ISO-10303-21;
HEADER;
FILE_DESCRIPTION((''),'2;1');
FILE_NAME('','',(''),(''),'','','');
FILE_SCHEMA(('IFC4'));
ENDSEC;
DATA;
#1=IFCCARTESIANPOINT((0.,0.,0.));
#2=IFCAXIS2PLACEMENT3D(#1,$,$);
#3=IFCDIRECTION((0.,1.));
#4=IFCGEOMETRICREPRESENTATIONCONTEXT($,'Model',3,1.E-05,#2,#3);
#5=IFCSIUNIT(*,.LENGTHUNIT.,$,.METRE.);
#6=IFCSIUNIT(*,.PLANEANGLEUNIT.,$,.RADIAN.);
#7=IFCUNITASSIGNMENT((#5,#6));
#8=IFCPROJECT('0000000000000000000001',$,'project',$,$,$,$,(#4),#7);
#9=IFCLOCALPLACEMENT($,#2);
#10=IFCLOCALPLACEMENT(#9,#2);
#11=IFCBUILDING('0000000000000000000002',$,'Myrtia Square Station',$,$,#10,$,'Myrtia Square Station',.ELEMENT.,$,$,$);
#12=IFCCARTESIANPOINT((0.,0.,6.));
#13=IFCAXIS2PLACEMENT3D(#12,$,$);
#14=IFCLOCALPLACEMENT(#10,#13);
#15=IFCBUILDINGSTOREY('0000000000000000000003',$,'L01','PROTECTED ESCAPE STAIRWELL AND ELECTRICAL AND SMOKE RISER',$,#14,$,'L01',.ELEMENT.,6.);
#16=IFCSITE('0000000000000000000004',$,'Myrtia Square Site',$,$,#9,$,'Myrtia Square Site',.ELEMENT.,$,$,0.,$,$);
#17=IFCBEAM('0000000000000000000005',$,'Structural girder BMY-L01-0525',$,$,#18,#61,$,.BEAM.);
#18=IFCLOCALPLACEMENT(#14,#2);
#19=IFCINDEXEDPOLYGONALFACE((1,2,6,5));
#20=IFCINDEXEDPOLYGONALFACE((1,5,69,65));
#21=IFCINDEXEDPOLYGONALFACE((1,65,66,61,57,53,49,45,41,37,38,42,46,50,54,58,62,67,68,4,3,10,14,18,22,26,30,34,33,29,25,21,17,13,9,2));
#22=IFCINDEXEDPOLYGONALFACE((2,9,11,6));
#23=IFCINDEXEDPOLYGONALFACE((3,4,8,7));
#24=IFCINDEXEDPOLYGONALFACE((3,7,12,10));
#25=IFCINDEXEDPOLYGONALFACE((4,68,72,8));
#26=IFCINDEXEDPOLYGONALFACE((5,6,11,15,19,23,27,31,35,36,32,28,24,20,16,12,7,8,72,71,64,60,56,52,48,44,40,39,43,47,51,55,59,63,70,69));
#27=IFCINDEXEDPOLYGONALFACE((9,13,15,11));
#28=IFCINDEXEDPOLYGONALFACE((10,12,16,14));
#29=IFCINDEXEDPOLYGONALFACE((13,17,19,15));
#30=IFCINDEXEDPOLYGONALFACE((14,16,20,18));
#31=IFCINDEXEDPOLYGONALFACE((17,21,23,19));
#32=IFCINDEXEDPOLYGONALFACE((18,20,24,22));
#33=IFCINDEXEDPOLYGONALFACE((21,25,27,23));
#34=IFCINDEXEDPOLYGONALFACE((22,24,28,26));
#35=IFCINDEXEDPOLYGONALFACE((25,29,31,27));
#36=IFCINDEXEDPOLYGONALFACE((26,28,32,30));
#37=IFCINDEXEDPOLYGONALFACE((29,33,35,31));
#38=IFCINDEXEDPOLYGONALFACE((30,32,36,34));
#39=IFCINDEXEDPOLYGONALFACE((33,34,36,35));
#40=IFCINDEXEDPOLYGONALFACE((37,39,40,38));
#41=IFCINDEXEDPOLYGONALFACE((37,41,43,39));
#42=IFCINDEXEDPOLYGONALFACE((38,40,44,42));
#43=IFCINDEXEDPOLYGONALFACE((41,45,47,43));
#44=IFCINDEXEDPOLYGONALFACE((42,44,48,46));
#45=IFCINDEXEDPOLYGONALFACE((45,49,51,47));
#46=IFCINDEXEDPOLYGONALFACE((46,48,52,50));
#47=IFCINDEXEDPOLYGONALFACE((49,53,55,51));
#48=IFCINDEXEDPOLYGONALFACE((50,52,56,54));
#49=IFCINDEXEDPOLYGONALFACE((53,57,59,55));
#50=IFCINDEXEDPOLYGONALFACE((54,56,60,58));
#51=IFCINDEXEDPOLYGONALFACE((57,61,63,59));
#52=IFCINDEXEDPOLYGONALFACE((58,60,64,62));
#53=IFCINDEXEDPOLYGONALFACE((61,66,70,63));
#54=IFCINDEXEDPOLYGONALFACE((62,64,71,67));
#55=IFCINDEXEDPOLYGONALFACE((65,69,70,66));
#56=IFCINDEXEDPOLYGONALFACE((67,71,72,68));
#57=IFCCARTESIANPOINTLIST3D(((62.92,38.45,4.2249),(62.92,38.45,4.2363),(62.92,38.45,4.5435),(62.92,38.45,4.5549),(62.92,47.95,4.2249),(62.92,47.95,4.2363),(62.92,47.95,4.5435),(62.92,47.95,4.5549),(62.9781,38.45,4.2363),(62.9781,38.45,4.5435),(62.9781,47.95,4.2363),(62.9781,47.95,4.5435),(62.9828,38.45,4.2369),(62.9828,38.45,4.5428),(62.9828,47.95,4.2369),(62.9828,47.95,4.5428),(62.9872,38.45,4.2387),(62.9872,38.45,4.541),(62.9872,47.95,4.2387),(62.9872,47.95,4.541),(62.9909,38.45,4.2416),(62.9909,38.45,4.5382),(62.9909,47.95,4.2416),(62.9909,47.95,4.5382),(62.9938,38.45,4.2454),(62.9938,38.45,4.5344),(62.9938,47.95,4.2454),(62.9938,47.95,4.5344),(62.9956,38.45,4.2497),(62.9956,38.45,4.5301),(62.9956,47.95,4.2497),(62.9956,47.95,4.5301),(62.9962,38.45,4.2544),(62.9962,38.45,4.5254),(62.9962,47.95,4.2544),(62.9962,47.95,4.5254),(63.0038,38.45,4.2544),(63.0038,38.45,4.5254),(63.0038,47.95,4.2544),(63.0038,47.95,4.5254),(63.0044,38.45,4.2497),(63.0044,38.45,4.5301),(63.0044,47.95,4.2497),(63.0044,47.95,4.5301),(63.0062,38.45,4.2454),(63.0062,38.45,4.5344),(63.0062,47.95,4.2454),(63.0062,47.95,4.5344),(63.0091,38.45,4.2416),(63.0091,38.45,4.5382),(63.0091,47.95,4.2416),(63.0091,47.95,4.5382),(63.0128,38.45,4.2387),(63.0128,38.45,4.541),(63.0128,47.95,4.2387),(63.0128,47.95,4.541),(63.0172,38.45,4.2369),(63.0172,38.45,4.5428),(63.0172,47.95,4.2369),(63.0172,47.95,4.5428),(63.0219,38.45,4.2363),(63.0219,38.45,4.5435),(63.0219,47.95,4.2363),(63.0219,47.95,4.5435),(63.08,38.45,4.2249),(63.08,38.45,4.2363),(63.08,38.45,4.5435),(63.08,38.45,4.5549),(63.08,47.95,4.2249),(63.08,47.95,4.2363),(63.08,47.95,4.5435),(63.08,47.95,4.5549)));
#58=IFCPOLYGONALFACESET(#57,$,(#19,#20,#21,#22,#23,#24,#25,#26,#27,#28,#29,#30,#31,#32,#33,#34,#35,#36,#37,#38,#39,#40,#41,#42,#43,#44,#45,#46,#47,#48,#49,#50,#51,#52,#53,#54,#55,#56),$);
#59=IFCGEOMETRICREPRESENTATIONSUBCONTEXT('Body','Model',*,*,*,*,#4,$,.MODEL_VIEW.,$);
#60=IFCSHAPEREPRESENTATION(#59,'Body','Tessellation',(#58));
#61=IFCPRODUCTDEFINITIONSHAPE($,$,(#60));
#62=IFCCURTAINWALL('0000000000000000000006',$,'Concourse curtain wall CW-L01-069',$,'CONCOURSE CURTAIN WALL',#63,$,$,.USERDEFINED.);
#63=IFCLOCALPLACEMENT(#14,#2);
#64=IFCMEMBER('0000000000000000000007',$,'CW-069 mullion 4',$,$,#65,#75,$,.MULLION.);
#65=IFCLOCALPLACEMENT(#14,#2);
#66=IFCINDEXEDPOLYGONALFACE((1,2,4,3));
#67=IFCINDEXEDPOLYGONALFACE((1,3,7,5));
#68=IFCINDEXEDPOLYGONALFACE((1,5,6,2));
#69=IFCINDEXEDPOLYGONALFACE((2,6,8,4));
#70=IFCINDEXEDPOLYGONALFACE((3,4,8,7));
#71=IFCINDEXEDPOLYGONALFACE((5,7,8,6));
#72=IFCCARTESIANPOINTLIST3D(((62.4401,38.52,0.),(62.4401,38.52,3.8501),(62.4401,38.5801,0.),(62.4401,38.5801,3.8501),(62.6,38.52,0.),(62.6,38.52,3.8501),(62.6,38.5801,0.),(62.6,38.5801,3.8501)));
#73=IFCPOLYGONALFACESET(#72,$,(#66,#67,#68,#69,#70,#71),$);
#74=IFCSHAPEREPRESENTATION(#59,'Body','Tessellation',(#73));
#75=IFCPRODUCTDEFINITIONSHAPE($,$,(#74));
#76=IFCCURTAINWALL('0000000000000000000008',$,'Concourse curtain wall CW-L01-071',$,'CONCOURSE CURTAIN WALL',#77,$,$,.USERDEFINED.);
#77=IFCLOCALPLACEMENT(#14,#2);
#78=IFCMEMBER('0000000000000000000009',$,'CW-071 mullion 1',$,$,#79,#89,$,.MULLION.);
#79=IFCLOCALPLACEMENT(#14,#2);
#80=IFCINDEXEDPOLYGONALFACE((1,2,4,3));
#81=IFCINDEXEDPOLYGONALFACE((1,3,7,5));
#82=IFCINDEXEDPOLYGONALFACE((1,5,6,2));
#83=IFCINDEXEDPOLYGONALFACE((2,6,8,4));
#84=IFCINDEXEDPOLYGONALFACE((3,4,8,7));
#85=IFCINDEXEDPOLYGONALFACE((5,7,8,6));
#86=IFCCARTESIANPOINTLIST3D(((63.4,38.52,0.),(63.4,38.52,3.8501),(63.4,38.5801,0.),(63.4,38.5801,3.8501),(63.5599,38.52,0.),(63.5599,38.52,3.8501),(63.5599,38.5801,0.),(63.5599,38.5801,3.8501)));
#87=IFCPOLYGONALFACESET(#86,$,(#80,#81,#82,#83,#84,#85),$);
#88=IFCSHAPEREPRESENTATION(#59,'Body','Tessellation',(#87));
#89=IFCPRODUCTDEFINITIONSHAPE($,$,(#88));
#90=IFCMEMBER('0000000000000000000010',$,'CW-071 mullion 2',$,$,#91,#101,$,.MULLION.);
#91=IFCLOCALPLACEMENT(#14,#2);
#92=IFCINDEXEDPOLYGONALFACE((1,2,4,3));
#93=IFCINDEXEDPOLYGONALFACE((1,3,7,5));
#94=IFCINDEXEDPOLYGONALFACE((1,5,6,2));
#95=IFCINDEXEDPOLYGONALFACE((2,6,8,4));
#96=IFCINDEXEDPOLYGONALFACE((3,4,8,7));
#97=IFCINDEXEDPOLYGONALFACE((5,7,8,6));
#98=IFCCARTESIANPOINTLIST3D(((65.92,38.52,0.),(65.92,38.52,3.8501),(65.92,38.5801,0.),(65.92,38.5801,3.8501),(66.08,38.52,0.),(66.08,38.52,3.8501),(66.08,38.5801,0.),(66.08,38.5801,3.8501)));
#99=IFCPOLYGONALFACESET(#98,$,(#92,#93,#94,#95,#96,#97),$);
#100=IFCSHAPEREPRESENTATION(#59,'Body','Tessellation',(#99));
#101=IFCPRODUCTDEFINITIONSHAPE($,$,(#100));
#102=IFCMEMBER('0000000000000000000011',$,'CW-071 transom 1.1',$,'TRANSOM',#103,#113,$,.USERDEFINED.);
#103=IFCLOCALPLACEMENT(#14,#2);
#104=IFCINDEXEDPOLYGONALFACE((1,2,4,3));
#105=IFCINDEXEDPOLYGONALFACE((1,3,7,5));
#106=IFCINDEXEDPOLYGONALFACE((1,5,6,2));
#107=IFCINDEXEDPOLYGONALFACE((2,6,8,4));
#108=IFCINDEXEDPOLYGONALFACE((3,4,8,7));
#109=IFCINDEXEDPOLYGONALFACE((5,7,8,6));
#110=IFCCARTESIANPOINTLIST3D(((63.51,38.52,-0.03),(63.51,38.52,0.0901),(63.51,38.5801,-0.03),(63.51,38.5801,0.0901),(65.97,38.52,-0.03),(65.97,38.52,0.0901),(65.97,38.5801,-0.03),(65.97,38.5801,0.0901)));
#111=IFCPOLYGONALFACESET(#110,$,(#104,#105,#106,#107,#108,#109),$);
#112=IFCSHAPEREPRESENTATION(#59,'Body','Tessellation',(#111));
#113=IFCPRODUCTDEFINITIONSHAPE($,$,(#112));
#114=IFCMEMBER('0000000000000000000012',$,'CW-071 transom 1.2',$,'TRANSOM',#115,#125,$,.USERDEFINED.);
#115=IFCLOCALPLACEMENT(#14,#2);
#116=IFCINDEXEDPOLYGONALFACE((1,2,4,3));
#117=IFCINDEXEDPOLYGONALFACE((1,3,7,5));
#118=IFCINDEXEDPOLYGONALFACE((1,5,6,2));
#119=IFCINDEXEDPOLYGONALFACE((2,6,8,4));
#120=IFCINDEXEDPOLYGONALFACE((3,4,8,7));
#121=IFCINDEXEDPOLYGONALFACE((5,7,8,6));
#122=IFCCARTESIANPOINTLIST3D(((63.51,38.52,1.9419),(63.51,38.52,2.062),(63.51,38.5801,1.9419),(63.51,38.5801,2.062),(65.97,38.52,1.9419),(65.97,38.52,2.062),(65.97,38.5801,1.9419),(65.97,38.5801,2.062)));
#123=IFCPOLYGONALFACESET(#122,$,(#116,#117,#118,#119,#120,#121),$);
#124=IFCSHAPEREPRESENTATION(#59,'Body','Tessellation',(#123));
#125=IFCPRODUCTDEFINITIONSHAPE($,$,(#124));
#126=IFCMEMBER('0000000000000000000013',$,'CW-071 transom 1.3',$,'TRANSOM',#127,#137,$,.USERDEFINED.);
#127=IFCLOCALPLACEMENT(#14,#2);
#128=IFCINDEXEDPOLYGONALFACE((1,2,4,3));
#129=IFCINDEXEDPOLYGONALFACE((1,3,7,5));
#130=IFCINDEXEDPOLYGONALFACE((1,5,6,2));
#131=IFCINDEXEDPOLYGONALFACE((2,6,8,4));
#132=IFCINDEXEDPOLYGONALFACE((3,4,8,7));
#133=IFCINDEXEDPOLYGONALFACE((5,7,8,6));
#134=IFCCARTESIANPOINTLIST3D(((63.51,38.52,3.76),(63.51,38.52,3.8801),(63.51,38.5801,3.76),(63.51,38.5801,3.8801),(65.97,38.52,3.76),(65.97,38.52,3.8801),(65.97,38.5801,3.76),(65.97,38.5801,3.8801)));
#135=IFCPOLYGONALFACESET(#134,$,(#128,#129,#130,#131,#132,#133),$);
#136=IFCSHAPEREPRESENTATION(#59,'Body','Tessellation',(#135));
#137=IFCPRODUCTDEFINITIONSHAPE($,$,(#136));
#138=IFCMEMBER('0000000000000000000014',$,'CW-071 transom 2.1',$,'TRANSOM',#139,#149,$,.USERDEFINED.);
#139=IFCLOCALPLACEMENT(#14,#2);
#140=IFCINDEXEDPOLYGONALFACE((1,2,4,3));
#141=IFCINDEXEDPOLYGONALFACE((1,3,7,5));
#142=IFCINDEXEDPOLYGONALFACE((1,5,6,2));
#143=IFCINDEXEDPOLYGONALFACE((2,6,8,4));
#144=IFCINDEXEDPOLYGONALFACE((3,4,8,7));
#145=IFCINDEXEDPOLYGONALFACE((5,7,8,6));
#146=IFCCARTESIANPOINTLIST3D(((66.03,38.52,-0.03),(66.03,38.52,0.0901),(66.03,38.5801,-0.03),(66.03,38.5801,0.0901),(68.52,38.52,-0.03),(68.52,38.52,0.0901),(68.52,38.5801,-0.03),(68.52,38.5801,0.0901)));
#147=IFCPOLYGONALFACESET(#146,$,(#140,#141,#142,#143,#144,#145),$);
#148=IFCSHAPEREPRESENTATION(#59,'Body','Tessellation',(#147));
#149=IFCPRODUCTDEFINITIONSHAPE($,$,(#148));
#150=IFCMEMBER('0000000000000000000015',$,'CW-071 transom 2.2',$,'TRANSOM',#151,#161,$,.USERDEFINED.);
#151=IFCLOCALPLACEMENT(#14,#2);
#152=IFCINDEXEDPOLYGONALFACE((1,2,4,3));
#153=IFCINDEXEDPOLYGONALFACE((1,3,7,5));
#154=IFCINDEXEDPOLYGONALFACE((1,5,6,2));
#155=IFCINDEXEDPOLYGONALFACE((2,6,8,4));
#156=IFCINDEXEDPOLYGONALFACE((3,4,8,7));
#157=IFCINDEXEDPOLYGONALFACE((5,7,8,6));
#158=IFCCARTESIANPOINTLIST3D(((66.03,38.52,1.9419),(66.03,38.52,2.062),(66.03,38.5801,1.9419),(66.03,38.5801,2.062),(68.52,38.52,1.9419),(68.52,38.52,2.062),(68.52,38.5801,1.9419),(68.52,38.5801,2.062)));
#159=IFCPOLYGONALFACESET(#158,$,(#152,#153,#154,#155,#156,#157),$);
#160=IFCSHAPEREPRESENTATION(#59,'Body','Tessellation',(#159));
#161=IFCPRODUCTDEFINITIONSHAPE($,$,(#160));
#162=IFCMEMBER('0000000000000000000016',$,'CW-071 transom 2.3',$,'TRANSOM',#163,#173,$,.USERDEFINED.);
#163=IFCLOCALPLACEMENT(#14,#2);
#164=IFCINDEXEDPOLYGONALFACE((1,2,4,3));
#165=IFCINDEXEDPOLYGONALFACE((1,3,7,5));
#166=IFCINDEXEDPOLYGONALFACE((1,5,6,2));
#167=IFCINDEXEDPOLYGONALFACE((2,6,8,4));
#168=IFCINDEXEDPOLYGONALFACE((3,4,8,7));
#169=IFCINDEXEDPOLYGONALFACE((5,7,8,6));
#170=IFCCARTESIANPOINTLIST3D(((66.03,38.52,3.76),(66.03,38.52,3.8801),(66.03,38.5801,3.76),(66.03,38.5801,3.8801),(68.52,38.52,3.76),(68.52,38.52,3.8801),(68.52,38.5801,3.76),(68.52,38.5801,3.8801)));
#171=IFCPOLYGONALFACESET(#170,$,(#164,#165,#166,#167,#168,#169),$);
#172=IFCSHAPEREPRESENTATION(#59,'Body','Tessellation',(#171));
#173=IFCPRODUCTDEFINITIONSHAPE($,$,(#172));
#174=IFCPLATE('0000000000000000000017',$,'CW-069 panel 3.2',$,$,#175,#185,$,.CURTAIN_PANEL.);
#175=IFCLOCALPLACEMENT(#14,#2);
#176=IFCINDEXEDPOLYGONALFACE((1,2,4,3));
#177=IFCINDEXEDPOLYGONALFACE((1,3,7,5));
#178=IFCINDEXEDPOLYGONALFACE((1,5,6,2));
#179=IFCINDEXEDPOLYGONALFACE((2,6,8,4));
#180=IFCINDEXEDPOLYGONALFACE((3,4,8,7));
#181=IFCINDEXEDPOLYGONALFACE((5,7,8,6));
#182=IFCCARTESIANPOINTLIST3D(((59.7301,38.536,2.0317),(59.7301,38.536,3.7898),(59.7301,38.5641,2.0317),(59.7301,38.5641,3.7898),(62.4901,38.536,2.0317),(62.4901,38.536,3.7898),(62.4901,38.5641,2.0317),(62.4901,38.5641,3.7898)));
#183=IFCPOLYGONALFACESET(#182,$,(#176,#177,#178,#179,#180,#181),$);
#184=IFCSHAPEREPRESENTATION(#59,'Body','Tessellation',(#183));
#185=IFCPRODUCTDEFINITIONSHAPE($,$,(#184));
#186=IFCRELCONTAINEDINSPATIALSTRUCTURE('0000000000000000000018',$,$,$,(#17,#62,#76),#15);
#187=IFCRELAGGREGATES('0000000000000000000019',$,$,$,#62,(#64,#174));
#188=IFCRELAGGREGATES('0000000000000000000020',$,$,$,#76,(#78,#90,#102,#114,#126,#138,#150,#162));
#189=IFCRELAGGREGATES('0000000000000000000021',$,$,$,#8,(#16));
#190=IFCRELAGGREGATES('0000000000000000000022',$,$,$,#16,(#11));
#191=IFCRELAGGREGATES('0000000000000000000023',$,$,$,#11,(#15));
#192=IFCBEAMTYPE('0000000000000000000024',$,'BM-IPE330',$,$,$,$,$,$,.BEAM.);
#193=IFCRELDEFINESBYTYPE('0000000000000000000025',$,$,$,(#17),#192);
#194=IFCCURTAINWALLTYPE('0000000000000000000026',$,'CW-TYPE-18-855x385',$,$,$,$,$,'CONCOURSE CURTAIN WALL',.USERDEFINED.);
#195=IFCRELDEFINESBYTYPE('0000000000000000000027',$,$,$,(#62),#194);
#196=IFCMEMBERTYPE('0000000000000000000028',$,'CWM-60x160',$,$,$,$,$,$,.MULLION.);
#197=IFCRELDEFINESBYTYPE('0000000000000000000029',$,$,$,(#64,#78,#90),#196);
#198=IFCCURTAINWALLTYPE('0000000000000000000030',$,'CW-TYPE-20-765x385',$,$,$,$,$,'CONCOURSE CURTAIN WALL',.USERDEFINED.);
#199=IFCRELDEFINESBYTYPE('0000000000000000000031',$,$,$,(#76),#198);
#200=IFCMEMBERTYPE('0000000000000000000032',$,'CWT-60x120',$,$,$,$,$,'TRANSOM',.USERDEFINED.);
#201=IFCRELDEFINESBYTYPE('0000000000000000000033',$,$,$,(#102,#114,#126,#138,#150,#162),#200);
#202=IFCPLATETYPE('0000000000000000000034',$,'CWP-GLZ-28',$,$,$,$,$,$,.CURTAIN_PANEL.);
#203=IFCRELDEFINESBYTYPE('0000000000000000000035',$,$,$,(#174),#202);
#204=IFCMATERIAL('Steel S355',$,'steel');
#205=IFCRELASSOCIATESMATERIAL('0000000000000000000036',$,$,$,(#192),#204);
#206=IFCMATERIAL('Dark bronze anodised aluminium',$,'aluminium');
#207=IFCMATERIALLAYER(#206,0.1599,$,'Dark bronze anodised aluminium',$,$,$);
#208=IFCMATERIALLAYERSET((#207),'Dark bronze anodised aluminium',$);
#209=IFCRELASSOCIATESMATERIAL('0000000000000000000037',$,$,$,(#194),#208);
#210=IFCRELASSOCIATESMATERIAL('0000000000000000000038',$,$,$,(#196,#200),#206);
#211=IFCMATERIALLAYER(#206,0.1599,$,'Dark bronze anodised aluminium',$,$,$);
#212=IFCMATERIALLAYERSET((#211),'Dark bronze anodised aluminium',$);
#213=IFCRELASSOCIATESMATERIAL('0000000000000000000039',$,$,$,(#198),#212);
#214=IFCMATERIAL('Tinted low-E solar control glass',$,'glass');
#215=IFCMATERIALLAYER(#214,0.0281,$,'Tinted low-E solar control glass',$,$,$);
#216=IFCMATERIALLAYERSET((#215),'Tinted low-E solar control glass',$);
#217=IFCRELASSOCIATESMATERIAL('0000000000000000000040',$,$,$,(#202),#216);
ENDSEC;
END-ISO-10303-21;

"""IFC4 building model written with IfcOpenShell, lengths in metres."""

from ifc_helpers import new_model, si_unit, direction, frame, origin, origin_2d, place, context, subcontext, project, spatial, rectangle, i_section, extrude, material, layer, layer_set, material_profile, profile_set, type_object, element, aggregate, save


model = new_model("IFC4")

# Units and contexts
model_context = context("Model", 3, precision=1e-05, world=origin(), true_north=direction((0.0, 1.0)))
body_context = subcontext(model_context, "Body", "Model", "MODEL_VIEW")
ifc_project = project(units=[si_unit("LENGTHUNIT", "METRE"), si_unit("PLANEANGLEUNIT", "RADIAN")], contexts=[model_context])

# Site, building, storey
site_placement = place(None, origin())
site = spatial("IfcSite", under=ifc_project, at=site_placement, Name="Myrtia Square Site", LongName="Myrtia Square Site", CompositionType="ELEMENT", RefElevation=0.0)
building_placement = place(site_placement, origin())
building = spatial("IfcBuilding", under=site, at=building_placement, Name="Myrtia Square Station", LongName="Myrtia Square Station", CompositionType="ELEMENT")
storey_placement = place(building_placement, frame((0.0, 0.0, 6.0)))
storey = spatial("IfcBuildingStorey", under=building, at=storey_placement, Name="L01", Description="PROTECTED ESCAPE STAIRWELL AND ELECTRICAL AND SMOKE RISER", LongName="L01", CompositionType="ELEMENT", Elevation=6.0)

# Shared definitions
ifc_material_1 = material(Name="Steel S355", Category="steel")

# Beam
ifc_material_profile_1 = material_profile(ifc_material_1, i_section(OverallWidth=0.1599, OverallDepth=0.3301, WebThickness=0.0076, FlangeThickness=0.0115, FilletRadius=0.0181, at=origin_2d()), Name="IPE 330")
ifc_profile_set_1 = profile_set([ifc_material_profile_1], Name="Steel S355")
beam_type_1 = type_object("IfcBeamType", Name="BM-IPE330", PredefinedType="BEAM", material=ifc_profile_set_1)
beam_1_placement = place(storey_placement, frame((63.0, 38.45, 4.3899), z_axis=(0.0, 1.0, 0.0), x_axis=(-1.0, 0.0, 0.0)))
element("IfcBeam", 1, at=beam_1_placement, inside=storey, type_object=beam_type_1, Name="Structural girder BMY-L01-0525", PredefinedType="BEAM", context=body_context, shape_type="SweptSolid", body=[
    extrude(i_section(OverallWidth=0.1599, OverallDepth=0.3301, WebThickness=0.0076, FlangeThickness=0.0115, FilletRadius=0.0181, at=origin_2d()), origin(), (0.0, 0.0, 1.0), 9.5),
])

# Curtain wall, member
ifc_material_2 = material(Name="Dark bronze anodised aluminium", Category="aluminium")
ifc_layer_1 = layer(ifc_material_2, 0.1599, Name="Dark bronze anodised aluminium")
ifc_layer_set_1 = layer_set([ifc_layer_1], Name="Dark bronze anodised aluminium")
curtain_wall_type_1 = type_object("IfcCurtainWallType", Name="CW-TYPE-18-855x385", ElementType="CONCOURSE CURTAIN WALL", PredefinedType="USERDEFINED", material=ifc_layer_set_1)
curtain_wall_1_placement = place(storey_placement, origin())
curtain_wall_1 = element("IfcCurtainWall", 2, at=curtain_wall_1_placement, inside=storey, type_object=curtain_wall_type_1, Name="Concourse curtain wall CW-L01-069", ObjectType="CONCOURSE CURTAIN WALL", PredefinedType="USERDEFINED")
ifc_material_profile_2 = material_profile(ifc_material_2, rectangle(XDim=0.0601, YDim=0.1599, at=origin_2d()), Name="ALU-M 60x160")
ifc_profile_set_2 = profile_set([ifc_material_profile_2], Name="Dark bronze anodised aluminium")
member_type_1 = type_object("IfcMemberType", Name="CWM-60x160", PredefinedType="MULLION", material=ifc_profile_set_2)
member_1_placement = place(storey_placement, frame((62.52, 38.55, 0.0), z_axis=(0.0, 0.0, 1.0), x_axis=(0.0, 1.0, 0.0)))
member_1 = element("IfcMember", 3, at=member_1_placement, type_object=member_type_1, Name="CW-069 mullion 4", PredefinedType="MULLION", context=body_context, shape_type="SweptSolid", body=[
    extrude(rectangle(XDim=0.0601, YDim=0.1599, at=origin_2d()), origin(), (0.0, 0.0, 1.0), 3.8501),
])

# Curtain wall, members
ifc_layer_2 = layer(ifc_material_2, 0.1599, Name="Dark bronze anodised aluminium")
ifc_layer_set_2 = layer_set([ifc_layer_2], Name="Dark bronze anodised aluminium")
curtain_wall_type_2 = type_object("IfcCurtainWallType", Name="CW-TYPE-20-765x385", ElementType="CONCOURSE CURTAIN WALL", PredefinedType="USERDEFINED", material=ifc_layer_set_2)
curtain_wall_2_placement = place(storey_placement, origin())
curtain_wall_2 = element("IfcCurtainWall", 4, at=curtain_wall_2_placement, inside=storey, type_object=curtain_wall_type_2, Name="Concourse curtain wall CW-L01-071", ObjectType="CONCOURSE CURTAIN WALL", PredefinedType="USERDEFINED")
member_2_placement = place(storey_placement, frame((63.48, 38.55, 0.0), z_axis=(0.0, 0.0, 1.0), x_axis=(0.0, 1.0, 0.0)))
member_2 = element("IfcMember", 5, at=member_2_placement, type_object=member_type_1, Name="CW-071 mullion 1", PredefinedType="MULLION", context=body_context, shape_type="SweptSolid", body=[
    extrude(rectangle(XDim=0.0601, YDim=0.1599, at=origin_2d()), origin(), (0.0, 0.0, 1.0), 3.8501),
])
member_3_placement = place(storey_placement, frame((66.0, 38.55, 0.0), z_axis=(0.0, 0.0, 1.0), x_axis=(0.0, 1.0, 0.0)))
member_3 = element("IfcMember", 6, at=member_3_placement, type_object=member_type_1, Name="CW-071 mullion 2", PredefinedType="MULLION", context=body_context, shape_type="SweptSolid", body=[
    extrude(rectangle(XDim=0.0601, YDim=0.1599, at=origin_2d()), origin(), (0.0, 0.0, 1.0), 3.8501),
])
ifc_material_profile_3 = material_profile(ifc_material_2, rectangle(XDim=0.0601, YDim=0.1201, at=origin_2d()), Name="ALU-T 60x120")
ifc_profile_set_3 = profile_set([ifc_material_profile_3], Name="Dark bronze anodised aluminium")
member_type_2 = type_object("IfcMemberType", Name="CWT-60x120", ElementType="TRANSOM", PredefinedType="USERDEFINED", material=ifc_profile_set_3)
member_4_placement = place(storey_placement, frame((63.51, 38.55, 0.03), z_axis=(1.0, 0.0, 0.0), x_axis=(0.0, 1.0, 0.0)))
member_4 = element("IfcMember", 7, at=member_4_placement, type_object=member_type_2, Name="CW-071 transom 1.1", ObjectType="TRANSOM", PredefinedType="USERDEFINED", context=body_context, shape_type="SweptSolid", body=[
    extrude(rectangle(XDim=0.0601, YDim=0.1201, at=origin_2d()), origin(), (0.0, 0.0, 1.0), 2.46),
])
member_5_placement = place(storey_placement, frame((63.51, 38.55, 2.002), z_axis=(1.0, 0.0, 0.0), x_axis=(0.0, 1.0, 0.0)))
member_5 = element("IfcMember", 8, at=member_5_placement, type_object=member_type_2, Name="CW-071 transom 1.2", ObjectType="TRANSOM", PredefinedType="USERDEFINED", context=body_context, shape_type="SweptSolid", body=[
    extrude(rectangle(XDim=0.0601, YDim=0.1201, at=origin_2d()), origin(), (0.0, 0.0, 1.0), 2.46),
])
member_6_placement = place(storey_placement, frame((63.51, 38.55, 3.8201), z_axis=(1.0, 0.0, 0.0), x_axis=(0.0, 1.0, 0.0)))
member_6 = element("IfcMember", 9, at=member_6_placement, type_object=member_type_2, Name="CW-071 transom 1.3", ObjectType="TRANSOM", PredefinedType="USERDEFINED", context=body_context, shape_type="SweptSolid", body=[
    extrude(rectangle(XDim=0.0601, YDim=0.1201, at=origin_2d()), origin(), (0.0, 0.0, 1.0), 2.46),
])
member_7_placement = place(storey_placement, frame((66.03, 38.55, 0.03), z_axis=(1.0, 0.0, 0.0), x_axis=(0.0, 1.0, 0.0)))
member_7 = element("IfcMember", 10, at=member_7_placement, type_object=member_type_2, Name="CW-071 transom 2.1", ObjectType="TRANSOM", PredefinedType="USERDEFINED", context=body_context, shape_type="SweptSolid", body=[
    extrude(rectangle(XDim=0.0601, YDim=0.1201, at=origin_2d()), origin(), (0.0, 0.0, 1.0), 2.49),
])
member_8_placement = place(storey_placement, frame((66.03, 38.55, 2.002), z_axis=(1.0, 0.0, 0.0), x_axis=(0.0, 1.0, 0.0)))
member_8 = element("IfcMember", 11, at=member_8_placement, type_object=member_type_2, Name="CW-071 transom 2.2", ObjectType="TRANSOM", PredefinedType="USERDEFINED", context=body_context, shape_type="SweptSolid", body=[
    extrude(rectangle(XDim=0.0601, YDim=0.1201, at=origin_2d()), origin(), (0.0, 0.0, 1.0), 2.49),
])
member_9_placement = place(storey_placement, frame((66.03, 38.55, 3.8201), z_axis=(1.0, 0.0, 0.0), x_axis=(0.0, 1.0, 0.0)))
member_9 = element("IfcMember", 12, at=member_9_placement, type_object=member_type_2, Name="CW-071 transom 2.3", ObjectType="TRANSOM", PredefinedType="USERDEFINED", context=body_context, shape_type="SweptSolid", body=[
    extrude(rectangle(XDim=0.0601, YDim=0.1201, at=origin_2d()), origin(), (0.0, 0.0, 1.0), 2.49),
])

# Plate
ifc_material_3 = material(Name="Tinted low-E solar control glass", Category="glass")
ifc_layer_3 = layer(ifc_material_3, 0.0281, Name="Tinted low-E solar control glass")
ifc_layer_set_3 = layer_set([ifc_layer_3], Name="Tinted low-E solar control glass")
plate_type_1 = type_object("IfcPlateType", Name="CWP-GLZ-28", PredefinedType="CURTAIN_PANEL", material=ifc_layer_set_3)
plate_1_placement = place(storey_placement, frame((61.1101, 38.55, 2.0317), z_axis=(0.0, 0.0, 1.0), x_axis=(1.0, 0.0, 0.0)))
plate_1 = element("IfcPlate", 13, at=plate_1_placement, type_object=plate_type_1, Name="CW-069 panel 3.2", PredefinedType="CURTAIN_PANEL", context=body_context, shape_type="SweptSolid", body=[
    extrude(rectangle(XDim=2.76, YDim=0.0281, at=origin_2d()), origin(), (0.0, 0.0, 1.0), 1.7581),
])
aggregate(curtain_wall_1, [member_1, plate_1])
aggregate(curtain_wall_2, [member_2, member_3, member_4, member_5, member_6, member_7, member_8, member_9])

save(model, "model.ifc")
